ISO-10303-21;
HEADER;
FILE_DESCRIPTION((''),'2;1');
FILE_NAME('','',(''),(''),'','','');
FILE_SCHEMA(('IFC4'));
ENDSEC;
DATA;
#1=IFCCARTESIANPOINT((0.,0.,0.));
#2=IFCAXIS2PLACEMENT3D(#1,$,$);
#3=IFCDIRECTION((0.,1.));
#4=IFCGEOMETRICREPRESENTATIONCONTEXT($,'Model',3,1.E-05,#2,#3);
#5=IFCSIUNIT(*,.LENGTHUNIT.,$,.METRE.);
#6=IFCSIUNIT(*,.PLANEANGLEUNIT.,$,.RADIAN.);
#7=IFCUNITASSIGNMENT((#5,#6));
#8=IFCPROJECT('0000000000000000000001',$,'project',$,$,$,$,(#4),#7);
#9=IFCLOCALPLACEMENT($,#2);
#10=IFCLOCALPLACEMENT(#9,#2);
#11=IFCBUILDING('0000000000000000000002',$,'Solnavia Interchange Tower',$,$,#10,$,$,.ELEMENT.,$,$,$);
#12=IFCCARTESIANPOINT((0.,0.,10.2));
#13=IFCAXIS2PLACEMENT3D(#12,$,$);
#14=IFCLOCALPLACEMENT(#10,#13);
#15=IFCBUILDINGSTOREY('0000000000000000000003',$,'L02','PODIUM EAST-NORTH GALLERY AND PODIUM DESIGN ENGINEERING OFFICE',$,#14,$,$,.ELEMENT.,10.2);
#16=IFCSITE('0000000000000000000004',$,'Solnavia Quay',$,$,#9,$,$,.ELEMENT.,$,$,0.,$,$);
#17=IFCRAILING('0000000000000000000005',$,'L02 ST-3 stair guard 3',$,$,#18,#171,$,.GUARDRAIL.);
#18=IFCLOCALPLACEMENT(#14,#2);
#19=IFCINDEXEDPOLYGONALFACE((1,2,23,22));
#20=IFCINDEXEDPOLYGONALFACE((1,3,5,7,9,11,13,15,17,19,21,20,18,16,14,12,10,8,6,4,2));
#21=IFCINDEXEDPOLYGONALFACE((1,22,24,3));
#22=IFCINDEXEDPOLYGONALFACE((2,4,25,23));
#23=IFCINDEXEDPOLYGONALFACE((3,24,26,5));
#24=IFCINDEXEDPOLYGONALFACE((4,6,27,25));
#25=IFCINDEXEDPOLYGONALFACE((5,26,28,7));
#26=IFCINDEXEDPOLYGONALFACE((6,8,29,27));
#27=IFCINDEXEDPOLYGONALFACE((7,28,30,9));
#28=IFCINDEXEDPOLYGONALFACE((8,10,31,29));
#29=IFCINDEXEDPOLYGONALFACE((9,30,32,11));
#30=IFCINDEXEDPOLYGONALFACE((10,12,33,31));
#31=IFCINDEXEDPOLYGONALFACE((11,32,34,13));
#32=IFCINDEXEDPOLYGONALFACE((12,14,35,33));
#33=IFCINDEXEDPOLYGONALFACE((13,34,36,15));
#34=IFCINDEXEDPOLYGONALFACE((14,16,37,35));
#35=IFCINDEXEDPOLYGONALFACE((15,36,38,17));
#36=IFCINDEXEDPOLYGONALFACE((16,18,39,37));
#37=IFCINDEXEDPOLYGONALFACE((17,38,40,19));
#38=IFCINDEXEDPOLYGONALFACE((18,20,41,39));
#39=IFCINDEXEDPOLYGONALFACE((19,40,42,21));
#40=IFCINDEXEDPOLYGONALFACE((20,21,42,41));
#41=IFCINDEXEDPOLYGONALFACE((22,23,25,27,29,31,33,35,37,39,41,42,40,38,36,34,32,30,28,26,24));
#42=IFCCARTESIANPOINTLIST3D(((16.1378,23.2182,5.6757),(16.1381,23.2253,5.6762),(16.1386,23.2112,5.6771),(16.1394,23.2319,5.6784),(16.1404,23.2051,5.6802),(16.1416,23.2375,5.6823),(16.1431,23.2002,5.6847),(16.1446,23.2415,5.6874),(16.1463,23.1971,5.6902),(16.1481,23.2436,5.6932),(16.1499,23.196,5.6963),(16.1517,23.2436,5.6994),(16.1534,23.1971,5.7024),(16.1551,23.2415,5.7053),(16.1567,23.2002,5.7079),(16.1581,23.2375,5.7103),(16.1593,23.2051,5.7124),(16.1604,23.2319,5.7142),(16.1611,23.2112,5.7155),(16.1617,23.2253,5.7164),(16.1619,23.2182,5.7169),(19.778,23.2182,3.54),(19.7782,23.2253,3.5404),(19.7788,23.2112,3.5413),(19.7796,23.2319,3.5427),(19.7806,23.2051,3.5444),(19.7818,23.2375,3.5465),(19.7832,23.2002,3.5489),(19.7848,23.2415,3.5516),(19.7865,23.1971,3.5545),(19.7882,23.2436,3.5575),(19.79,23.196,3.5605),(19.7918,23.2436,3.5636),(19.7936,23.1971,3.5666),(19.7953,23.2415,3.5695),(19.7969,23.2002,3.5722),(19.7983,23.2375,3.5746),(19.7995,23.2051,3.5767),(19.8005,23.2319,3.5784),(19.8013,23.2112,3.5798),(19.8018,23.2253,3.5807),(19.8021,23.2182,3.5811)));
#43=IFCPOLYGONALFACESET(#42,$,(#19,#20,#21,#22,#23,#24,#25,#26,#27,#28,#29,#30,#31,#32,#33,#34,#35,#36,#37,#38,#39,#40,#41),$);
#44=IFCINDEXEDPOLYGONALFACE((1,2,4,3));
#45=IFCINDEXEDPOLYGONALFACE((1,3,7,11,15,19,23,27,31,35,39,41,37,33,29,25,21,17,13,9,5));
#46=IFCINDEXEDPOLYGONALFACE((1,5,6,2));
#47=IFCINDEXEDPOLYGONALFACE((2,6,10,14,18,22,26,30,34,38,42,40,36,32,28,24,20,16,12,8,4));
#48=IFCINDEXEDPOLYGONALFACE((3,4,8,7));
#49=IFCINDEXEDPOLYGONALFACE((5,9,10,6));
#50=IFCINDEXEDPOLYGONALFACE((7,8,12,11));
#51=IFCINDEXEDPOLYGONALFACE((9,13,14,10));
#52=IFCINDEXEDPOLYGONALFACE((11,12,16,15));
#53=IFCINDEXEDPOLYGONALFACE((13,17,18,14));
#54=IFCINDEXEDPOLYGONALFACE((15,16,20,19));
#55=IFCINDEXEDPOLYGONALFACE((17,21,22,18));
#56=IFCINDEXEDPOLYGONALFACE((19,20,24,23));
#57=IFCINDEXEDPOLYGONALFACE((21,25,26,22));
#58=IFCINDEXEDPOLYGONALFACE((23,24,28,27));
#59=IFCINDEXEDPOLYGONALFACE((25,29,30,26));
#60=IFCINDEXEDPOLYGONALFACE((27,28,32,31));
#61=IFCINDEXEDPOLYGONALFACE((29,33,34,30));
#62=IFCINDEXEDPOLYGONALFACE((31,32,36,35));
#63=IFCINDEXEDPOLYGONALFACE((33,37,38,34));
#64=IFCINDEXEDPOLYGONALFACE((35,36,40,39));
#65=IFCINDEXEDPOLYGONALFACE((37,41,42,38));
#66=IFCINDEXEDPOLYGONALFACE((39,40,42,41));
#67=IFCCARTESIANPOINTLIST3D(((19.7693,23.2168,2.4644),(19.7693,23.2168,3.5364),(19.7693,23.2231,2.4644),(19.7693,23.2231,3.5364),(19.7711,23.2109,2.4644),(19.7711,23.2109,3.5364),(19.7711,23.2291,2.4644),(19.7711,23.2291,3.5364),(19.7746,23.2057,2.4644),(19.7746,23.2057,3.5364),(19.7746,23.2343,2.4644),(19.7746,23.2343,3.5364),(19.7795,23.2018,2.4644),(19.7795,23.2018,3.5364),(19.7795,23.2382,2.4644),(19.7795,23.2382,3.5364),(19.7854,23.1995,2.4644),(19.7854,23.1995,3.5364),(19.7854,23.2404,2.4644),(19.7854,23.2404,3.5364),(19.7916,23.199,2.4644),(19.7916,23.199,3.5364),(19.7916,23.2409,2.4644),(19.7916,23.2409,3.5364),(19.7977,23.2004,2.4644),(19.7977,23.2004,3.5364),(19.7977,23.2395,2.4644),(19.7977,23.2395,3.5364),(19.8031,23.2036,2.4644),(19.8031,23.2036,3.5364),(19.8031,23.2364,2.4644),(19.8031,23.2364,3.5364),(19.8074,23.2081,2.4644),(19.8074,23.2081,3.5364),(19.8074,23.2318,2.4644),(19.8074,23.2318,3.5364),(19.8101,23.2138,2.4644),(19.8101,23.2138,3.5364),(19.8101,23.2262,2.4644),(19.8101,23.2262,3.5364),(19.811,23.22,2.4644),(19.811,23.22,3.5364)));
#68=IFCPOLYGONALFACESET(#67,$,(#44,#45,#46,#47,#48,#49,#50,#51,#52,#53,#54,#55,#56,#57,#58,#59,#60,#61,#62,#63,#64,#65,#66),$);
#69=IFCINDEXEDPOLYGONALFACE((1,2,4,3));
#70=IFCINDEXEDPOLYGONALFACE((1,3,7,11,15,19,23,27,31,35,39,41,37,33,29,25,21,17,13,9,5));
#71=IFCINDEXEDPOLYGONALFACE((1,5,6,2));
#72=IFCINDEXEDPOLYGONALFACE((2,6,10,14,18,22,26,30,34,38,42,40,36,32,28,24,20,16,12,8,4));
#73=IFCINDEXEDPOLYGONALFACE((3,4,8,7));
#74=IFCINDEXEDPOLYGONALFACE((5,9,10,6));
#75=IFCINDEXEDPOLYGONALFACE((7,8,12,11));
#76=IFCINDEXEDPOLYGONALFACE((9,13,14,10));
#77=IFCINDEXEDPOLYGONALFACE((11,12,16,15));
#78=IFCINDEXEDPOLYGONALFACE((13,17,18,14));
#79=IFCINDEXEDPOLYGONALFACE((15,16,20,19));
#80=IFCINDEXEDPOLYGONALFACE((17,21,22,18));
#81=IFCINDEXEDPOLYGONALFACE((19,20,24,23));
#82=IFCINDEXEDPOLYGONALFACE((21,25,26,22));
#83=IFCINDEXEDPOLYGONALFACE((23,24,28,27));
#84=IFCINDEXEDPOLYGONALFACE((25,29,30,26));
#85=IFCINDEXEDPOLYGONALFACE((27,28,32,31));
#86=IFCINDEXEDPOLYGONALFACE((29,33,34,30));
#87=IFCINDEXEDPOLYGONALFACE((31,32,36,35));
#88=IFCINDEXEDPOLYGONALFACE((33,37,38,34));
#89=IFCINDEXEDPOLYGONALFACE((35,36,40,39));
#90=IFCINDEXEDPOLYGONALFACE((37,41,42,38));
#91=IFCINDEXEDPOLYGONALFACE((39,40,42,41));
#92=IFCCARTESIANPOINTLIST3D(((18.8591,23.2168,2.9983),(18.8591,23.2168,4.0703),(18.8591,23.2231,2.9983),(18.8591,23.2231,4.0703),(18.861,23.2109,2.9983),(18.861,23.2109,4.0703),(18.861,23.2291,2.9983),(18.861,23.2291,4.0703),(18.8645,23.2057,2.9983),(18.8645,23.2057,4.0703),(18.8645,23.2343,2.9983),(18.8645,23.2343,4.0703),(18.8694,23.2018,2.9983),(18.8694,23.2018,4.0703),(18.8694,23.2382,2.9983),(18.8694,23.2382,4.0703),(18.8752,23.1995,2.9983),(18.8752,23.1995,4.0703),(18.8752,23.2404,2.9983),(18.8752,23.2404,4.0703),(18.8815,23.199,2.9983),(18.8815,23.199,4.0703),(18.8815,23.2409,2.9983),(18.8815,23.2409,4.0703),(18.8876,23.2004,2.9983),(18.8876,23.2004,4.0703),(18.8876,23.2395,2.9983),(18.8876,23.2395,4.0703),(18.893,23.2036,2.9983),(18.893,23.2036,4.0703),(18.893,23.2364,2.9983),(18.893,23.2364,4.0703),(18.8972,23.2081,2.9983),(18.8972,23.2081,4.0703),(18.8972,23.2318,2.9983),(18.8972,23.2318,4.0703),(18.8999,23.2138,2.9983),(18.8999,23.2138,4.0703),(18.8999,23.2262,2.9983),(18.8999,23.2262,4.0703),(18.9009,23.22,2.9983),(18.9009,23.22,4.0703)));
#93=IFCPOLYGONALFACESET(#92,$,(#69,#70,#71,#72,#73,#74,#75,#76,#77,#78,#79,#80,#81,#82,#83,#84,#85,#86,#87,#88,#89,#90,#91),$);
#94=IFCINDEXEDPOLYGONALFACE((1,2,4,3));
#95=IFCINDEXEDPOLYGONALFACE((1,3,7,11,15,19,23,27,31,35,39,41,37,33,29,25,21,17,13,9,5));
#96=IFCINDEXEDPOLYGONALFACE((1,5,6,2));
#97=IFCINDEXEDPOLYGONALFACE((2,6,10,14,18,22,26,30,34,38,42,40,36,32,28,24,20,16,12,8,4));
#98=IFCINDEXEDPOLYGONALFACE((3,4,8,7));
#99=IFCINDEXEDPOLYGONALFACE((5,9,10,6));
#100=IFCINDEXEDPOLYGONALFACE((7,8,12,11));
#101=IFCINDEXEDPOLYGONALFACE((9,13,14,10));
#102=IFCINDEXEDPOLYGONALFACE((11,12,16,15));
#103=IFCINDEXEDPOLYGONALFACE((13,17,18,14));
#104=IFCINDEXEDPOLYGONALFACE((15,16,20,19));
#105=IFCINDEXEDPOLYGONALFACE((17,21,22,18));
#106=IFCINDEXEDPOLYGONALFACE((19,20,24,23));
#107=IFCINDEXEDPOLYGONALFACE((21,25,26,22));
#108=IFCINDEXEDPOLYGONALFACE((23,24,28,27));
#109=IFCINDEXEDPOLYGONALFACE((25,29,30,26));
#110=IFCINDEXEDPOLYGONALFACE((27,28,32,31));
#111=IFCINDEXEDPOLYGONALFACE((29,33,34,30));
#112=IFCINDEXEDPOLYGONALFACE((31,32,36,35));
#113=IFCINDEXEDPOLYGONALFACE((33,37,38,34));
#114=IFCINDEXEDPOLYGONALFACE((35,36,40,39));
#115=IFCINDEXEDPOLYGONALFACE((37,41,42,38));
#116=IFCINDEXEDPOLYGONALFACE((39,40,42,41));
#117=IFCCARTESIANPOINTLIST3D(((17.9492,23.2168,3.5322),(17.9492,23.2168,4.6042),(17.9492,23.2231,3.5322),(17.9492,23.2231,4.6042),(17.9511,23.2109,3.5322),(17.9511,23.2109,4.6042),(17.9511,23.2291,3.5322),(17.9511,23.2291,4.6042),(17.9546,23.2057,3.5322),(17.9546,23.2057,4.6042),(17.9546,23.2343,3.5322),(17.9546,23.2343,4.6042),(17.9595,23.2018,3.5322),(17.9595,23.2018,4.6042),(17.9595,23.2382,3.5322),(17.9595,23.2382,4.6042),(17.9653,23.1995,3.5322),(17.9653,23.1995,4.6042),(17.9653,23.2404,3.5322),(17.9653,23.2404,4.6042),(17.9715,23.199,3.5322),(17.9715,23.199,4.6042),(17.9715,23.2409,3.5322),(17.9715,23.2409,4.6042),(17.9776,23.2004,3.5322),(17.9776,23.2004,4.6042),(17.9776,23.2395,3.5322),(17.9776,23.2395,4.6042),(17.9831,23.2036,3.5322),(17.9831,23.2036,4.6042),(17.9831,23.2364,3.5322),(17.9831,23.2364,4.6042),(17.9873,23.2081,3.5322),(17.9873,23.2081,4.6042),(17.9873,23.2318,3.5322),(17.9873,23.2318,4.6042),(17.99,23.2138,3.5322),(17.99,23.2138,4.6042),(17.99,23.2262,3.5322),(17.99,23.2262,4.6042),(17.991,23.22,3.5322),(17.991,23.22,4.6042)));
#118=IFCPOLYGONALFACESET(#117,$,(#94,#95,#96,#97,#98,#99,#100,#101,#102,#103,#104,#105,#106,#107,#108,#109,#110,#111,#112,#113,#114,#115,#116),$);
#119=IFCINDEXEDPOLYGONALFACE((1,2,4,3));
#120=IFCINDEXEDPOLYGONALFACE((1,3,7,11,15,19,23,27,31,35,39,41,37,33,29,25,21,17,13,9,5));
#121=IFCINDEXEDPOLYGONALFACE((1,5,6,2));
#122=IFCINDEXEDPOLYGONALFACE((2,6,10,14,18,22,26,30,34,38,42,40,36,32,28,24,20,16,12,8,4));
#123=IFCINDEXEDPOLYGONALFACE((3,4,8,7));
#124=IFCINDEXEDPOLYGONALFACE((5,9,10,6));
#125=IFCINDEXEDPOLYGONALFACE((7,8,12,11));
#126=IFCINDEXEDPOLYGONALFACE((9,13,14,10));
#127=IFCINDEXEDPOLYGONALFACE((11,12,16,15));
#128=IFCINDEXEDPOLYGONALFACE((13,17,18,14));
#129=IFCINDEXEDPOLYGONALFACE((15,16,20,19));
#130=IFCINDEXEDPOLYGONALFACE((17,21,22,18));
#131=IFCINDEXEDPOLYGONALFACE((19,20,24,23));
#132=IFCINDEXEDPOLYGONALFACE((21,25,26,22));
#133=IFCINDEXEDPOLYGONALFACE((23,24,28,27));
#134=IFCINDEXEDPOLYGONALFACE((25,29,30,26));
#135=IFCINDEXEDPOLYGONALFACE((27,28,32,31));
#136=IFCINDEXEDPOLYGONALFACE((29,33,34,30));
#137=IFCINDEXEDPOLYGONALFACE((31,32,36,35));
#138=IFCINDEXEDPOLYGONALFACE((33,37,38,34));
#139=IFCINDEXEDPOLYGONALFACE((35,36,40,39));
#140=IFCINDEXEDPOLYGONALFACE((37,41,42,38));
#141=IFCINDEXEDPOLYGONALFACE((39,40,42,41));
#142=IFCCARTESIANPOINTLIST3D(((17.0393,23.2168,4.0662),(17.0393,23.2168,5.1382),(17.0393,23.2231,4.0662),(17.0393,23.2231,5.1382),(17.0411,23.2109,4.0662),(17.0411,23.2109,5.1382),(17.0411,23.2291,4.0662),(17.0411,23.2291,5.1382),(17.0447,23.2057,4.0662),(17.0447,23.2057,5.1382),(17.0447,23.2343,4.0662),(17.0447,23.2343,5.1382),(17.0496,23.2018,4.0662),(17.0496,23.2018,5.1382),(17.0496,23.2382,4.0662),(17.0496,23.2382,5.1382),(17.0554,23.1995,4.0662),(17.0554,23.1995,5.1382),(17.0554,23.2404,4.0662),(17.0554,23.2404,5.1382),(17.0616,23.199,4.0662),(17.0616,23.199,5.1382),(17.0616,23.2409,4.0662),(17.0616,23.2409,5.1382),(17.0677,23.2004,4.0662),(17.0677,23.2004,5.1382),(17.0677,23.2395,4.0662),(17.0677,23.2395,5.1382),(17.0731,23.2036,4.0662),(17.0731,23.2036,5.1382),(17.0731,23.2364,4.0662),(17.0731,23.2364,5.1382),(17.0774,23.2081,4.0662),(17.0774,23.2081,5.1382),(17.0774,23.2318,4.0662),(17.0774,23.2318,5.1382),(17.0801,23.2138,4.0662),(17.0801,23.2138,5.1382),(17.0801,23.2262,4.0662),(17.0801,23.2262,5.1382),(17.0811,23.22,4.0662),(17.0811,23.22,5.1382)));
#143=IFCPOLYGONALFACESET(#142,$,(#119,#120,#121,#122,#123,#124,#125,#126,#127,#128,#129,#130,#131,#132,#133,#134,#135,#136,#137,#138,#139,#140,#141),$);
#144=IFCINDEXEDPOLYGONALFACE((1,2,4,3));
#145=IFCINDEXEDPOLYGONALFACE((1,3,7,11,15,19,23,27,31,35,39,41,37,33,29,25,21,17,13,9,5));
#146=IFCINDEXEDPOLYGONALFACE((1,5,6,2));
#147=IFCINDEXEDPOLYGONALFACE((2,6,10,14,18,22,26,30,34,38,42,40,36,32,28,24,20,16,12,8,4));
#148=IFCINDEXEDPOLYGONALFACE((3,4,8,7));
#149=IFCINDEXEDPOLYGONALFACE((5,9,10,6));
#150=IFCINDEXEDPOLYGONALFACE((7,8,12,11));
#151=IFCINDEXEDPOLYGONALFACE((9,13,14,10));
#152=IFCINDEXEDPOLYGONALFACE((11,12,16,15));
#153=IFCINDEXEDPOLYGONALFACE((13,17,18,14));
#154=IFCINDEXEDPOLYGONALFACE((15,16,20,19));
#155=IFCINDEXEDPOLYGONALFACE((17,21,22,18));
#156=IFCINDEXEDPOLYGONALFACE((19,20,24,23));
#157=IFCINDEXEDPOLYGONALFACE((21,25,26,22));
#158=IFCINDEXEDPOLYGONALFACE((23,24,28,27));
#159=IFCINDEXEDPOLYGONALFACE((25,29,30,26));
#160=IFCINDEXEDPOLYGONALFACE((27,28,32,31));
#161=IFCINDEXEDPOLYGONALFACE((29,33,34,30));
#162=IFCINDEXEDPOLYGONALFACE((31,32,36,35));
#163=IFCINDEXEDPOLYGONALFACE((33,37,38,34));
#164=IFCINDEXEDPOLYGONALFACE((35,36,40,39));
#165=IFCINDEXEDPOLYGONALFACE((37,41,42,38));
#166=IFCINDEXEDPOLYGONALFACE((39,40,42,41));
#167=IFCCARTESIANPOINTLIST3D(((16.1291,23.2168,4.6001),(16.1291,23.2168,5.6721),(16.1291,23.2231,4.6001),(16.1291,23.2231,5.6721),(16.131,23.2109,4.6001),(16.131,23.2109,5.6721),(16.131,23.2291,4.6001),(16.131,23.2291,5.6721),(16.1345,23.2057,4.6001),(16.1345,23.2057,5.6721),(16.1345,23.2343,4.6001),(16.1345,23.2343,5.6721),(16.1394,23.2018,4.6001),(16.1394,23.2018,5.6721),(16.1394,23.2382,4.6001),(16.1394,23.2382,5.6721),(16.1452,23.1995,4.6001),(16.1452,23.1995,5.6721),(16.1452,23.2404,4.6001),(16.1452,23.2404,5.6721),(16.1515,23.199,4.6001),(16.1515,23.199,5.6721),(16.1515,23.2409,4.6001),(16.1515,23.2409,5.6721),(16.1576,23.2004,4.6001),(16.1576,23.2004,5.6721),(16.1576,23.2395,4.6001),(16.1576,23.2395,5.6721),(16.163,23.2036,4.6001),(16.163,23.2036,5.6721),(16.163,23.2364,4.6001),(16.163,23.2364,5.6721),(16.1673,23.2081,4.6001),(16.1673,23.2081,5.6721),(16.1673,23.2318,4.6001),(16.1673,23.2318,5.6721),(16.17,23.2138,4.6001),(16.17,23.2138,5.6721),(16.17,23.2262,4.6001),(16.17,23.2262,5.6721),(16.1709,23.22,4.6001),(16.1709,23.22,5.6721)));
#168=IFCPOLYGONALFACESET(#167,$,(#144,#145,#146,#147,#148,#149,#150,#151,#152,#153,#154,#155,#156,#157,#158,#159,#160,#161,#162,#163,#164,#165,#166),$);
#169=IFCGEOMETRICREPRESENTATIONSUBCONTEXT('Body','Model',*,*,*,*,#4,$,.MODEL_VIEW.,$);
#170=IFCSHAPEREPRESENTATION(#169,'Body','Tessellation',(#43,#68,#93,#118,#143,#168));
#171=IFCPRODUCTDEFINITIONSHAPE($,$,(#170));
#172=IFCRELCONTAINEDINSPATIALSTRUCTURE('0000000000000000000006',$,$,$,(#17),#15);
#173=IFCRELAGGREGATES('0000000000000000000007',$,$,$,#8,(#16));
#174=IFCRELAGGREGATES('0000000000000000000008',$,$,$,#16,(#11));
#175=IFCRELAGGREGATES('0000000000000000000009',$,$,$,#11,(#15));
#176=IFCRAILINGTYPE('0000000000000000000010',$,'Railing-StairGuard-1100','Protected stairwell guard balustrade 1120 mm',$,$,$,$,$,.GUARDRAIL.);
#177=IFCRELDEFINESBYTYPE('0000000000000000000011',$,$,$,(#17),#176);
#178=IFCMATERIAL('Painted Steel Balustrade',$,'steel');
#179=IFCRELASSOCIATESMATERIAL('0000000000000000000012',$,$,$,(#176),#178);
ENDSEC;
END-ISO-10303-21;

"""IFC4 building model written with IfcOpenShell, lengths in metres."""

from ifc_helpers import new_model, si_unit, direction, frame, origin, origin_2d, place, context, subcontext, project, spatial, circle, extrude, material, type_object, element, save


model = new_model("IFC4")

# Units and contexts
model_context = context("Model", 3, precision=1e-05, world=origin(), true_north=direction((0.0, 1.0)))
body_context = subcontext(model_context, "Body", "Model", "MODEL_VIEW")
ifc_project = project(units=[si_unit("LENGTHUNIT", "METRE"), si_unit("PLANEANGLEUNIT", "RADIAN")], contexts=[model_context])

# Site, building, storey
site_placement = place(None, origin())
site = spatial("IfcSite", under=ifc_project, at=site_placement, Name="Solnavia Quay", CompositionType="ELEMENT", RefElevation=0.0)
building_placement = place(site_placement, origin())
building = spatial("IfcBuilding", under=site, at=building_placement, Name="Solnavia Interchange Tower", CompositionType="ELEMENT")
storey_placement = place(building_placement, frame((0.0, 0.0, 10.2)))
storey = spatial("IfcBuildingStorey", under=building, at=storey_placement, Name="L02", Description="PODIUM EAST-NORTH GALLERY AND PODIUM DESIGN ENGINEERING OFFICE", CompositionType="ELEMENT", Elevation=10.2)

# Railing
ifc_material_1 = material(Name="Painted Steel Balustrade", Category="steel")
railing_type_1 = type_object("IfcRailingType", Name="Railing-StairGuard-1100", Description="Protected stairwell guard balustrade 1120 mm", PredefinedType="GUARDRAIL", material=ifc_material_1)
railing_1_placement = place(storey_placement, frame((19.79, 23.22, 2.4644)))
element("IfcRailing", 1, at=railing_1_placement, inside=storey, type_object=railing_type_1, Name="L02 ST-3 stair guard 3", PredefinedType="GUARDRAIL", context=body_context, shape_type="SweptSolid", body=[
    extrude(circle(Radius=0.0239, at=origin_2d()), frame((0.0, 0.0, 1.0962), z_axis=(-0.862505, 0.0, 0.506049), x_axis=(0.0, -1.0, 0.0)), (0.0, 0.0, 1.0), 4.2205),
    extrude(circle(Radius=0.021, at=origin_2d()), origin(), (0.0, 0.0, 1.0), 1.072),
    extrude(circle(Radius=0.021, at=origin_2d()), frame((-0.9102, 0.0, 0.5339)), (0.0, 0.0, 1.0), 1.072),
    extrude(circle(Radius=0.021, at=origin_2d()), frame((-1.8201, 0.0, 1.0679)), (0.0, 0.0, 1.0), 1.072),
    extrude(circle(Radius=0.021, at=origin_2d()), frame((-2.73, 0.0, 1.6018)), (0.0, 0.0, 1.0), 1.072),
    extrude(circle(Radius=0.021, at=origin_2d()), frame((-3.6401, 0.0, 2.1357)), (0.0, 0.0, 1.0), 1.072),
])

save(model, "model.ifc")
